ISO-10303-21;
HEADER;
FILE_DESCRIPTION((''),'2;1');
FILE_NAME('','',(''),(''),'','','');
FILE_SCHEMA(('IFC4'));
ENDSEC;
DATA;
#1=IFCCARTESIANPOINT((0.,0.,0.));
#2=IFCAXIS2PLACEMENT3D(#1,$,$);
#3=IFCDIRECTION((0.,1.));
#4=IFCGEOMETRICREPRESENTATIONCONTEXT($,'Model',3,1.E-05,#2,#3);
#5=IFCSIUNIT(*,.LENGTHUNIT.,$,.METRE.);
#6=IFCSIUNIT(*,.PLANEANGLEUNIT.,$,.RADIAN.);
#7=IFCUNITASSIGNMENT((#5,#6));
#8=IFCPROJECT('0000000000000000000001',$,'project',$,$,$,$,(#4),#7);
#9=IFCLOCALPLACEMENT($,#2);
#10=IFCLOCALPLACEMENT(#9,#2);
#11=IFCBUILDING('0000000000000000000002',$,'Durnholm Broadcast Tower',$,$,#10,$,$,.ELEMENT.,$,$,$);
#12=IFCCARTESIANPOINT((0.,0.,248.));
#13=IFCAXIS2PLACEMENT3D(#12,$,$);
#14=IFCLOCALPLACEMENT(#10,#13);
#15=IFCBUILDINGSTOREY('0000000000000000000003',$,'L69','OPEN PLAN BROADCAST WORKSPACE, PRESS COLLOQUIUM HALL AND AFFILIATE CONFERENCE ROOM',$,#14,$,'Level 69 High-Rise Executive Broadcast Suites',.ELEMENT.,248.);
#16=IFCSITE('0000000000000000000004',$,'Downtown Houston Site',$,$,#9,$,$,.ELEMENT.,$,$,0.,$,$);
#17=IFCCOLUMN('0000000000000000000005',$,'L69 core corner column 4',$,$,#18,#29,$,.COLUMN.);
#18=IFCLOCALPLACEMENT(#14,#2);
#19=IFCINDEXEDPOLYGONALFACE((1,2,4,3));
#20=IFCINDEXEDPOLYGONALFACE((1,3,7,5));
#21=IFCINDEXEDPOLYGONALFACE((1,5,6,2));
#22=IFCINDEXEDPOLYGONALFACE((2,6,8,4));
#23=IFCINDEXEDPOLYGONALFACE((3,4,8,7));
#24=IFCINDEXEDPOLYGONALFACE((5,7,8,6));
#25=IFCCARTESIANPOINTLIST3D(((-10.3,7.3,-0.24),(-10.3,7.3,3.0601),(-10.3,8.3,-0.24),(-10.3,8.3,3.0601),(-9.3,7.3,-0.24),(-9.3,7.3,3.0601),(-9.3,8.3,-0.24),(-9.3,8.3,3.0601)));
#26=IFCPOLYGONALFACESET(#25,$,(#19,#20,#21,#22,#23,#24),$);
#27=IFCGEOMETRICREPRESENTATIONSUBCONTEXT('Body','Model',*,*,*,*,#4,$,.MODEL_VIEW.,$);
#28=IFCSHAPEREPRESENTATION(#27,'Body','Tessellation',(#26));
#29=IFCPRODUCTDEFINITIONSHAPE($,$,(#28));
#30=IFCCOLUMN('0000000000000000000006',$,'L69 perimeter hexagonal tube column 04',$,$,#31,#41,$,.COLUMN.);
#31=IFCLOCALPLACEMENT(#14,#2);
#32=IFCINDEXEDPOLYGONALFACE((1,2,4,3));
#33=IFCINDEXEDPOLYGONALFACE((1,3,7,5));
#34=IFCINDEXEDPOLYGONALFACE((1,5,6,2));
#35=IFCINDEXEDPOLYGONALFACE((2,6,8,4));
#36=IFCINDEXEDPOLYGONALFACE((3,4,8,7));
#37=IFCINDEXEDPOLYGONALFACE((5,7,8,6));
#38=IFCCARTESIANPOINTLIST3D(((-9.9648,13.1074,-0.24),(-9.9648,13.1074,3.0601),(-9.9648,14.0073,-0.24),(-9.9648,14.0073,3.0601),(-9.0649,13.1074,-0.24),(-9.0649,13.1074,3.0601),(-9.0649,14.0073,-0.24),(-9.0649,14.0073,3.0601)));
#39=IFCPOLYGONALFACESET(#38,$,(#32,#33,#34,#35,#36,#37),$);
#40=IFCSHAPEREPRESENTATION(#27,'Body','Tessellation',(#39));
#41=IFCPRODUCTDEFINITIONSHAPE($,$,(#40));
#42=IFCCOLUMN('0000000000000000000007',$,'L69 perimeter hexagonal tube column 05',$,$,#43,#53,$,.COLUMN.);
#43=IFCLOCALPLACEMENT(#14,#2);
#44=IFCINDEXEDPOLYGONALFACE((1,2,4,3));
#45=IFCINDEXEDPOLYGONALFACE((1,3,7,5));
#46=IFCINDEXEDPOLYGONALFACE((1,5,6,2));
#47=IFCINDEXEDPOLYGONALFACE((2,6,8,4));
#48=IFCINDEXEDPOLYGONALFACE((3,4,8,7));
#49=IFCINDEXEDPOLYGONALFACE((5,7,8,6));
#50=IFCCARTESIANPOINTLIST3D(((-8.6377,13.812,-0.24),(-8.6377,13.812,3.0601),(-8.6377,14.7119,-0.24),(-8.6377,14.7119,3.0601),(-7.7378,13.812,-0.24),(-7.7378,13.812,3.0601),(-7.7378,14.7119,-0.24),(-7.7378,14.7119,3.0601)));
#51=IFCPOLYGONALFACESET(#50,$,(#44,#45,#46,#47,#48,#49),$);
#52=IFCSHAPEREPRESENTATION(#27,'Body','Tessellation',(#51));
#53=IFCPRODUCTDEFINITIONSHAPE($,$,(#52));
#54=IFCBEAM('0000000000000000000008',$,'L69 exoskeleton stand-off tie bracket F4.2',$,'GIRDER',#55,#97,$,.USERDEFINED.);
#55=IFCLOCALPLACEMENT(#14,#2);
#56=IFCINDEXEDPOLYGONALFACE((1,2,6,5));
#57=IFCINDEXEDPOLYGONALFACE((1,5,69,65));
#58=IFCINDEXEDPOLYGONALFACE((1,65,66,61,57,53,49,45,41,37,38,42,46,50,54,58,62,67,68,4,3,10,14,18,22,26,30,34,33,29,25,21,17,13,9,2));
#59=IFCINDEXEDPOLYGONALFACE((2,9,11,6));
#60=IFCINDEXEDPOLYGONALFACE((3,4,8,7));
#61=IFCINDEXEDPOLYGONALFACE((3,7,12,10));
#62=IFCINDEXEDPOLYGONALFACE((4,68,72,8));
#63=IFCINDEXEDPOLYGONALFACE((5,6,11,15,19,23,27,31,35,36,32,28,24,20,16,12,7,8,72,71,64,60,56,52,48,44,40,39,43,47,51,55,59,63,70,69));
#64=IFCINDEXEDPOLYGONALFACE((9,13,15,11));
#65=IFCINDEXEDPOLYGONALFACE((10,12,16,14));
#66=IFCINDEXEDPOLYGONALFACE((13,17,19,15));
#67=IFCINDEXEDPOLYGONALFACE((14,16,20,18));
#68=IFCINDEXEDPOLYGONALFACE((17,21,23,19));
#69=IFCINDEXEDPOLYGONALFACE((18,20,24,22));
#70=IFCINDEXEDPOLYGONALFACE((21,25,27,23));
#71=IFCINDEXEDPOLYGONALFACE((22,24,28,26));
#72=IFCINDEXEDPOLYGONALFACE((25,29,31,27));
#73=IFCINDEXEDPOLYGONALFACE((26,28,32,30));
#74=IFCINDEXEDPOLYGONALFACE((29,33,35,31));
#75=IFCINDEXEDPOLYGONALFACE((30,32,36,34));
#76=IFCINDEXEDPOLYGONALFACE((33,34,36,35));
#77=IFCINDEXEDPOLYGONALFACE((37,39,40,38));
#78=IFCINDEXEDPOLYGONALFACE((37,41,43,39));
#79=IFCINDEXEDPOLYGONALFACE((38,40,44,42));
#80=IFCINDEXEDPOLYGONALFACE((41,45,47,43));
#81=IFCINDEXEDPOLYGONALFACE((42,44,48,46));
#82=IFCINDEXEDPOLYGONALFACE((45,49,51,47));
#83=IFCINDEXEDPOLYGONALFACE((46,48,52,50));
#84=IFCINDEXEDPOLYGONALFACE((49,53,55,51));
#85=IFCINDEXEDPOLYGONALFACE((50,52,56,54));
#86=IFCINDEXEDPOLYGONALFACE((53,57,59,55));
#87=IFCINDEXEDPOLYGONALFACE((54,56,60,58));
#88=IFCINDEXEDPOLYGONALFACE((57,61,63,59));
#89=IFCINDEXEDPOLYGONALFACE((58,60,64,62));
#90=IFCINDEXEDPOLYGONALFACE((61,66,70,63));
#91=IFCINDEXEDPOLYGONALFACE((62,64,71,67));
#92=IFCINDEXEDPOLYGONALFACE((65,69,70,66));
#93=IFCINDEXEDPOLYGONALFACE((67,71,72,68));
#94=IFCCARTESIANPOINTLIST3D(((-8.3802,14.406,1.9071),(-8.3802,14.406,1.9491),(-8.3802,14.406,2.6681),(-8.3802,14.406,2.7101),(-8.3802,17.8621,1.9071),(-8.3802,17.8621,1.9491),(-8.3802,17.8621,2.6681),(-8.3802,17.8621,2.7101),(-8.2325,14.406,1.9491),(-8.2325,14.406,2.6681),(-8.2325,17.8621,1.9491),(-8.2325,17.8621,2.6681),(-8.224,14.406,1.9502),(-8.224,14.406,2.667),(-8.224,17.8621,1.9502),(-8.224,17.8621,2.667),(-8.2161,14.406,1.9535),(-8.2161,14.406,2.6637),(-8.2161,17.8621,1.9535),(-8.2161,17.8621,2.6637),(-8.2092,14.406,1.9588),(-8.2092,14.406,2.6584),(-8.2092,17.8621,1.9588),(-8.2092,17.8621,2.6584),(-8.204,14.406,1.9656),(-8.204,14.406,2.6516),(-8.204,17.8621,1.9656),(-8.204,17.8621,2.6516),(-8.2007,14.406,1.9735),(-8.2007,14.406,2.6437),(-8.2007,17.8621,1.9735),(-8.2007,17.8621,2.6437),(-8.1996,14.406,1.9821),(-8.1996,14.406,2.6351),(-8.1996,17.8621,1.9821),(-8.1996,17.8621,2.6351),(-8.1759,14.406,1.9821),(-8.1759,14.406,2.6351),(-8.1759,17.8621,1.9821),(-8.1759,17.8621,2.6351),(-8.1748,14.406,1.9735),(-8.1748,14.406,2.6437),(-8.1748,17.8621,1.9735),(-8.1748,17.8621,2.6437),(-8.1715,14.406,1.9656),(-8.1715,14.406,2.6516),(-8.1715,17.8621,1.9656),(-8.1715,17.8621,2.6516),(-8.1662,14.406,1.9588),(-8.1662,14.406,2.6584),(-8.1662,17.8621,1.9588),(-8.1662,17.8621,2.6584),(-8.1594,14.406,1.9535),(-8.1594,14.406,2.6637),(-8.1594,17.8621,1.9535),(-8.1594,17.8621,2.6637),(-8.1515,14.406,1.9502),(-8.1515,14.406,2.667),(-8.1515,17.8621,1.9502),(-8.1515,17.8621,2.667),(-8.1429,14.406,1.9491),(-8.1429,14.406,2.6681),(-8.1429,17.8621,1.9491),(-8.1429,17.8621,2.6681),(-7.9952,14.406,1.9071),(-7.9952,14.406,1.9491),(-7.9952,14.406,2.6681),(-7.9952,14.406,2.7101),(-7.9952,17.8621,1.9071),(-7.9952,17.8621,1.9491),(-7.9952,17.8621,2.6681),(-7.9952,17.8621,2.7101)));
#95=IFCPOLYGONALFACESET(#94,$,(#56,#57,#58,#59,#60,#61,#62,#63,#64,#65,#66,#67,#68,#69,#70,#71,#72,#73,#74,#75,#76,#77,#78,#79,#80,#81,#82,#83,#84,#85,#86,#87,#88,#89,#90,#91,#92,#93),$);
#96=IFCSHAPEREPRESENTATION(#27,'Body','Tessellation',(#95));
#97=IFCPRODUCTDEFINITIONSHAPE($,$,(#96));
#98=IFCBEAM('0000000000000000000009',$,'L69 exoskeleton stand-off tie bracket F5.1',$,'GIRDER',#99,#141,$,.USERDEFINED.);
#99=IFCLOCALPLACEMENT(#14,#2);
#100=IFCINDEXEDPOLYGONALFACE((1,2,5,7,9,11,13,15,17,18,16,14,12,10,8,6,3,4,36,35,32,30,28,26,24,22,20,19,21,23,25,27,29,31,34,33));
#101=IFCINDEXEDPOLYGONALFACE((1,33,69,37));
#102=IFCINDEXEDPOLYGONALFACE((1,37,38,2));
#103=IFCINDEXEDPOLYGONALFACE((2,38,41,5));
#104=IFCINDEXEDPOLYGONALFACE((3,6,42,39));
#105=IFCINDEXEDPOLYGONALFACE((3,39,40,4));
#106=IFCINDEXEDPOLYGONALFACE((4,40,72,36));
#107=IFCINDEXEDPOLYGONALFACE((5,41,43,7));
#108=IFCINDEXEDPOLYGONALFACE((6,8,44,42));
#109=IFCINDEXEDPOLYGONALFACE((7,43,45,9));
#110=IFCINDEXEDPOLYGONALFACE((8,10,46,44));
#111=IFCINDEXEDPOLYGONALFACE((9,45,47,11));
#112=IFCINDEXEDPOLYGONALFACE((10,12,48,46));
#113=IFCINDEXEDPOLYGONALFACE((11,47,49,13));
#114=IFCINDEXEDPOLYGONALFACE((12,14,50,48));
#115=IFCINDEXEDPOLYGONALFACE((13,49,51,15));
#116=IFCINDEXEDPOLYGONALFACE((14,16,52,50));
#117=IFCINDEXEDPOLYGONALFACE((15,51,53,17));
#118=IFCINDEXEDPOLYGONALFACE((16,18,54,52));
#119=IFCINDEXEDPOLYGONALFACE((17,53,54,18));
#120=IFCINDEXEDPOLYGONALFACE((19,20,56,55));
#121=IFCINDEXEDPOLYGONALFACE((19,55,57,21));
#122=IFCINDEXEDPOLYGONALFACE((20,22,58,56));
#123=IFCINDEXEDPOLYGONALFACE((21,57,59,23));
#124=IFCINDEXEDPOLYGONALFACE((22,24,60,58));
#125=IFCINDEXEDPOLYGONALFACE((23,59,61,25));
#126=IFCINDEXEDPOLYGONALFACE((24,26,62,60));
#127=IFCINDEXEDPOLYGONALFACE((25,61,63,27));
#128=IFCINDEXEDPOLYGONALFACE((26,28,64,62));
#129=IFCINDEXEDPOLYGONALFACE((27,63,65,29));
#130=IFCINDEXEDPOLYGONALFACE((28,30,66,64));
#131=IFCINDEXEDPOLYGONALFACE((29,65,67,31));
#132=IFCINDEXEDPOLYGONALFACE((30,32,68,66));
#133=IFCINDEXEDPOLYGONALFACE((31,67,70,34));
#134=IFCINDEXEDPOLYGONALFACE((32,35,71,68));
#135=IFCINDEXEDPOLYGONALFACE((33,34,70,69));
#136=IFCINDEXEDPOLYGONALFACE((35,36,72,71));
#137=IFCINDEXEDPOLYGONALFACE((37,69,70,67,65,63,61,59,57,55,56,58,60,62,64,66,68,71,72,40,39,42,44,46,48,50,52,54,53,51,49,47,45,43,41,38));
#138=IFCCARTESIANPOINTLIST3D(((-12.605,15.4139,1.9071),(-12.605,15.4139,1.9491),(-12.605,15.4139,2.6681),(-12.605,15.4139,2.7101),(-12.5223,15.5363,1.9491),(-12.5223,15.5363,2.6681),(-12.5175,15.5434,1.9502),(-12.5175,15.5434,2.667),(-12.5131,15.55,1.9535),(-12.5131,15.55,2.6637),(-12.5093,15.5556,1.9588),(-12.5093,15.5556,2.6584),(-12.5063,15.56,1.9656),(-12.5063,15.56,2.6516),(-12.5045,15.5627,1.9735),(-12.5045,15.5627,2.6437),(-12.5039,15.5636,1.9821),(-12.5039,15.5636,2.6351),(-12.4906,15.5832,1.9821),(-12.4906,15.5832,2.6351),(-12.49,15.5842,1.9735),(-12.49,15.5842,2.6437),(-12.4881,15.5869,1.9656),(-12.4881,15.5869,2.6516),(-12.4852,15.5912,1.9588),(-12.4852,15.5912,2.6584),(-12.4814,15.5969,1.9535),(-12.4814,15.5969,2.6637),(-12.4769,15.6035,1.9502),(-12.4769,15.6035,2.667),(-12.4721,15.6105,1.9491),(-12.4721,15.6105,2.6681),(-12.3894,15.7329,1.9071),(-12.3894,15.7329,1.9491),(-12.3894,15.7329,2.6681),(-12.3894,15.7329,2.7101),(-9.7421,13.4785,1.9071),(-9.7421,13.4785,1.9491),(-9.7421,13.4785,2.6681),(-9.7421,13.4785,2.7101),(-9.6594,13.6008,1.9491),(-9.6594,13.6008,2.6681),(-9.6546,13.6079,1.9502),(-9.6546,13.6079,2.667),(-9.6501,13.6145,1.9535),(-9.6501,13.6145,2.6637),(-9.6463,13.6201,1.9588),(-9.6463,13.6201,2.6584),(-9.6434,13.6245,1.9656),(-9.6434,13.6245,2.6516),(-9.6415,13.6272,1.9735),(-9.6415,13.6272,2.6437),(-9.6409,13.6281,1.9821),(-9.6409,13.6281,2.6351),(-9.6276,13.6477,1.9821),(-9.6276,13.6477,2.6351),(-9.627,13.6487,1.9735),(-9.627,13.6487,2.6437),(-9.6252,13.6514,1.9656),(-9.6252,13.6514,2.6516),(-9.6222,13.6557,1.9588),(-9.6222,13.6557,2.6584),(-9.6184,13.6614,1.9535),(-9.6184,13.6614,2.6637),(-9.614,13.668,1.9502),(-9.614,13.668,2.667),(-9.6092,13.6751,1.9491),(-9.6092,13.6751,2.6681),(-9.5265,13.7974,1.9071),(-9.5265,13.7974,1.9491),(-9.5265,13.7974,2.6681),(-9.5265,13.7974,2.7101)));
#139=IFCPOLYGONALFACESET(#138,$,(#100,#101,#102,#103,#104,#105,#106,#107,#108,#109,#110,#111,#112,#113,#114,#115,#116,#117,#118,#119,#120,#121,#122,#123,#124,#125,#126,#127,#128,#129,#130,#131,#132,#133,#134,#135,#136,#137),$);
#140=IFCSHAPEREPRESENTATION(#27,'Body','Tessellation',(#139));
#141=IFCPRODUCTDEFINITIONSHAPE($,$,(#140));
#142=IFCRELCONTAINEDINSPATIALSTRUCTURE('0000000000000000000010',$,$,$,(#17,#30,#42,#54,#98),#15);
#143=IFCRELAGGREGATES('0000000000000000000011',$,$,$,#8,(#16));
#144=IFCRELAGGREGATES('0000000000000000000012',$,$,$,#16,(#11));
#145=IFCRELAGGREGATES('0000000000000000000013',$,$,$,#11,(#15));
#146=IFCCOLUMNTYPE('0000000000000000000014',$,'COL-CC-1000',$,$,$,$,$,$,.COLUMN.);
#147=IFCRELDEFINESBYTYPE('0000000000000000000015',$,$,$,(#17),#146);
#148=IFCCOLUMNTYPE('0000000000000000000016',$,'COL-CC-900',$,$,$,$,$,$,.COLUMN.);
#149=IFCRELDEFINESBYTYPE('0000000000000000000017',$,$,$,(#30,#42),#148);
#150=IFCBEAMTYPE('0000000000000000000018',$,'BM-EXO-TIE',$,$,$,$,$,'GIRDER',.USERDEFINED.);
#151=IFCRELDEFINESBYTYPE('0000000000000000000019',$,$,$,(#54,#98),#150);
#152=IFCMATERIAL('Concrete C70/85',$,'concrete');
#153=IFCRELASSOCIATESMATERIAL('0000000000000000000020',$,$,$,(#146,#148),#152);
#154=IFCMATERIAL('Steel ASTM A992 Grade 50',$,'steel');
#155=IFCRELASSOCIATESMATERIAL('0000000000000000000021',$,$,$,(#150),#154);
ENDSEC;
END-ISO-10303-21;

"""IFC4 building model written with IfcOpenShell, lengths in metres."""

from ifc_helpers import new_model, si_unit, direction, frame, origin, origin_2d, place, context, subcontext, project, spatial, rectangle, i_section, extrude, source, transform, mapped, material, material_profile, profile_set, type_object, type_shapes, element, save


model = new_model("IFC4")

# Units and contexts
model_context = context("Model", 3, precision=1e-05, world=origin(), true_north=direction((0.0, 1.0)))
body_context = subcontext(model_context, "Body", "Model", "MODEL_VIEW")
ifc_project = project(units=[si_unit("LENGTHUNIT", "METRE"), si_unit("PLANEANGLEUNIT", "RADIAN")], contexts=[model_context])

# Site, building, storey
site_placement = place(None, origin())
site = spatial("IfcSite", under=ifc_project, at=site_placement, Name="Downtown Houston Site", CompositionType="ELEMENT", RefElevation=0.0)
building_placement = place(site_placement, origin())
building = spatial("IfcBuilding", under=site, at=building_placement, Name="Durnholm Broadcast Tower", CompositionType="ELEMENT")
storey_placement = place(building_placement, frame((0.0, 0.0, 248.0)))
storey = spatial("IfcBuildingStorey", under=building, at=storey_placement, Name="L69", Description="OPEN PLAN BROADCAST WORKSPACE, PRESS COLLOQUIUM HALL AND AFFILIATE CONFERENCE ROOM", LongName="Level 69 High-Rise Executive Broadcast Suites", CompositionType="ELEMENT", Elevation=248.0)

# Columns
ifc_material_1 = material(Name="Concrete C70/85", Category="concrete")
ifc_material_profile_1 = material_profile(ifc_material_1, rectangle(XDim=1.0, YDim=1.0, at=origin_2d()), Name="RC1000X1000")
ifc_profile_set_1 = profile_set([ifc_material_profile_1], Name="Concrete C70/85")
column_type_1 = type_object("IfcColumnType", Name="COL-CC-1000", PredefinedType="COLUMN", material=ifc_profile_set_1)
shared_shape_1 = source(origin(), body_context, "Body", "SweptSolid", [
    extrude(rectangle(XDim=1.0, YDim=1.0, at=origin_2d()), origin(), (0.0, 0.0, 1.0), 3.3),
])
type_shapes(column_type_1, [shared_shape_1])
column_placement = place(storey_placement, frame((-9.8, 7.8, -0.24), z_axis=(0.0, 0.0, 1.0), x_axis=(1.0, 0.0, 0.0)))
element("IfcColumn", 1, at=column_placement, inside=storey, type_object=column_type_1, Name="L69 core corner column 4", PredefinedType="COLUMN", context=body_context, shape_type="MappedRepresentation", body=[
    mapped(shared_shape_1, transform((0.0, 0.0, 0.0), x_axis=(1.0, 0.0, 0.0), y_axis=(0.0, 1.0, 0.0), z_axis=(0.0, 0.0, 1.0), scale=1.0)),
])
ifc_material_profile_2 = material_profile(ifc_material_1, rectangle(XDim=0.8999, YDim=0.8999, at=origin_2d()), Name="RC900X900")
ifc_profile_set_2 = profile_set([ifc_material_profile_2], Name="Concrete C70/85")
column_type_2 = type_object("IfcColumnType", Name="COL-CC-900", PredefinedType="COLUMN", material=ifc_profile_set_2)
shared_shape_2 = source(origin(), body_context, "Body", "SweptSolid", [
    extrude(rectangle(XDim=0.8999, YDim=0.8999, at=origin_2d()), origin(), (0.0, 0.0, 1.0), 3.3),
])
type_shapes(column_type_2, [shared_shape_2])
for number, where, z_axis, x_axis, name in (
    (2, (-9.5149, 13.5574, -0.24), (0.0, 0.0, 1.0), (1.0, 0.0, 0.0), "L69 perimeter hexagonal tube column 04"),
    (3, (-8.1877, 14.262, -0.24), (0.0, 0.0, 1.0), (1.0, 0.0, 0.0), "L69 perimeter hexagonal tube column 05"),
):
    element("IfcColumn", number, at=place(storey_placement, frame(where, z_axis=z_axis, x_axis=x_axis)), inside=storey, type_object=column_type_2, Name=name, PredefinedType="COLUMN", context=body_context, shape_type="MappedRepresentation", body=[
        mapped(shared_shape_2, transform((0.0, 0.0, 0.0), x_axis=(1.0, 0.0, 0.0), y_axis=(0.0, 1.0, 0.0), z_axis=(0.0, 0.0, 1.0), scale=1.0)),
    ])

# Beams
ifc_material_2 = material(Name="Steel ASTM A992 Grade 50", Category="steel")
ifc_material_profile_3 = material_profile(ifc_material_2, i_section(OverallWidth=0.385, OverallDepth=0.803, WebThickness=0.0237, FlangeThickness=0.042, FilletRadius=0.033, at=origin_2d()), Name="W30X261")
ifc_profile_set_3 = profile_set([ifc_material_profile_3], Name="Steel ASTM A992 Grade 50")
beam_type_1 = type_object("IfcBeamType", Name="BM-EXO-TIE", ElementType="GIRDER", PredefinedType="USERDEFINED", material=ifc_profile_set_3)
shared_shape_3 = source(origin(), body_context, "Body", "SweptSolid", [
    extrude(i_section(OverallWidth=0.385, OverallDepth=0.803, WebThickness=0.0237, FlangeThickness=0.042, FilletRadius=0.033, at=origin_2d()), origin(), (0.0, 0.0, 1.0), 3.4561),
])
beam_1_placement = place(storey_placement, frame((-8.1877, 14.406, 2.3086), z_axis=(0.0, 1.0, 0.0), x_axis=(-1.0, 0.0, 0.0)))
element("IfcBeam", 4, at=beam_1_placement, inside=storey, type_object=beam_type_1, Name="L69 exoskeleton stand-off tie bracket F4.2", ObjectType="GIRDER", PredefinedType="USERDEFINED", context=body_context, shape_type="MappedRepresentation", body=[
    mapped(shared_shape_3, transform((0.0, 0.0, 0.0), x_axis=(1.0, 0.0, 0.0), y_axis=(0.0, 1.0, 0.0), z_axis=(0.0, 0.0, 1.0), scale=1.0)),
])
shared_shape_4 = source(origin(), body_context, "Body", "SweptSolid", [
    extrude(i_section(OverallWidth=0.385, OverallDepth=0.803, WebThickness=0.0237, FlangeThickness=0.042, FilletRadius=0.033, at=origin_2d()), origin(), (0.0, 0.0, 1.0), 3.4558),
])
beam_2_placement = place(storey_placement, frame((-9.6343, 13.6379, 2.3086), z_axis=(-0.828446, 0.560068, 0.0), x_axis=(-0.560068, -0.828446, 0.0)))
element("IfcBeam", 5, at=beam_2_placement, inside=storey, type_object=beam_type_1, Name="L69 exoskeleton stand-off tie bracket F5.1", ObjectType="GIRDER", PredefinedType="USERDEFINED", context=body_context, shape_type="MappedRepresentation", body=[
    mapped(shared_shape_4, transform((0.0, 0.0, 0.0), x_axis=(1.0, 0.0, 0.0), y_axis=(0.0, 1.0, 0.0), z_axis=(0.0, 0.0, 1.0), scale=1.0)),
])

save(model, "model.ifc")
